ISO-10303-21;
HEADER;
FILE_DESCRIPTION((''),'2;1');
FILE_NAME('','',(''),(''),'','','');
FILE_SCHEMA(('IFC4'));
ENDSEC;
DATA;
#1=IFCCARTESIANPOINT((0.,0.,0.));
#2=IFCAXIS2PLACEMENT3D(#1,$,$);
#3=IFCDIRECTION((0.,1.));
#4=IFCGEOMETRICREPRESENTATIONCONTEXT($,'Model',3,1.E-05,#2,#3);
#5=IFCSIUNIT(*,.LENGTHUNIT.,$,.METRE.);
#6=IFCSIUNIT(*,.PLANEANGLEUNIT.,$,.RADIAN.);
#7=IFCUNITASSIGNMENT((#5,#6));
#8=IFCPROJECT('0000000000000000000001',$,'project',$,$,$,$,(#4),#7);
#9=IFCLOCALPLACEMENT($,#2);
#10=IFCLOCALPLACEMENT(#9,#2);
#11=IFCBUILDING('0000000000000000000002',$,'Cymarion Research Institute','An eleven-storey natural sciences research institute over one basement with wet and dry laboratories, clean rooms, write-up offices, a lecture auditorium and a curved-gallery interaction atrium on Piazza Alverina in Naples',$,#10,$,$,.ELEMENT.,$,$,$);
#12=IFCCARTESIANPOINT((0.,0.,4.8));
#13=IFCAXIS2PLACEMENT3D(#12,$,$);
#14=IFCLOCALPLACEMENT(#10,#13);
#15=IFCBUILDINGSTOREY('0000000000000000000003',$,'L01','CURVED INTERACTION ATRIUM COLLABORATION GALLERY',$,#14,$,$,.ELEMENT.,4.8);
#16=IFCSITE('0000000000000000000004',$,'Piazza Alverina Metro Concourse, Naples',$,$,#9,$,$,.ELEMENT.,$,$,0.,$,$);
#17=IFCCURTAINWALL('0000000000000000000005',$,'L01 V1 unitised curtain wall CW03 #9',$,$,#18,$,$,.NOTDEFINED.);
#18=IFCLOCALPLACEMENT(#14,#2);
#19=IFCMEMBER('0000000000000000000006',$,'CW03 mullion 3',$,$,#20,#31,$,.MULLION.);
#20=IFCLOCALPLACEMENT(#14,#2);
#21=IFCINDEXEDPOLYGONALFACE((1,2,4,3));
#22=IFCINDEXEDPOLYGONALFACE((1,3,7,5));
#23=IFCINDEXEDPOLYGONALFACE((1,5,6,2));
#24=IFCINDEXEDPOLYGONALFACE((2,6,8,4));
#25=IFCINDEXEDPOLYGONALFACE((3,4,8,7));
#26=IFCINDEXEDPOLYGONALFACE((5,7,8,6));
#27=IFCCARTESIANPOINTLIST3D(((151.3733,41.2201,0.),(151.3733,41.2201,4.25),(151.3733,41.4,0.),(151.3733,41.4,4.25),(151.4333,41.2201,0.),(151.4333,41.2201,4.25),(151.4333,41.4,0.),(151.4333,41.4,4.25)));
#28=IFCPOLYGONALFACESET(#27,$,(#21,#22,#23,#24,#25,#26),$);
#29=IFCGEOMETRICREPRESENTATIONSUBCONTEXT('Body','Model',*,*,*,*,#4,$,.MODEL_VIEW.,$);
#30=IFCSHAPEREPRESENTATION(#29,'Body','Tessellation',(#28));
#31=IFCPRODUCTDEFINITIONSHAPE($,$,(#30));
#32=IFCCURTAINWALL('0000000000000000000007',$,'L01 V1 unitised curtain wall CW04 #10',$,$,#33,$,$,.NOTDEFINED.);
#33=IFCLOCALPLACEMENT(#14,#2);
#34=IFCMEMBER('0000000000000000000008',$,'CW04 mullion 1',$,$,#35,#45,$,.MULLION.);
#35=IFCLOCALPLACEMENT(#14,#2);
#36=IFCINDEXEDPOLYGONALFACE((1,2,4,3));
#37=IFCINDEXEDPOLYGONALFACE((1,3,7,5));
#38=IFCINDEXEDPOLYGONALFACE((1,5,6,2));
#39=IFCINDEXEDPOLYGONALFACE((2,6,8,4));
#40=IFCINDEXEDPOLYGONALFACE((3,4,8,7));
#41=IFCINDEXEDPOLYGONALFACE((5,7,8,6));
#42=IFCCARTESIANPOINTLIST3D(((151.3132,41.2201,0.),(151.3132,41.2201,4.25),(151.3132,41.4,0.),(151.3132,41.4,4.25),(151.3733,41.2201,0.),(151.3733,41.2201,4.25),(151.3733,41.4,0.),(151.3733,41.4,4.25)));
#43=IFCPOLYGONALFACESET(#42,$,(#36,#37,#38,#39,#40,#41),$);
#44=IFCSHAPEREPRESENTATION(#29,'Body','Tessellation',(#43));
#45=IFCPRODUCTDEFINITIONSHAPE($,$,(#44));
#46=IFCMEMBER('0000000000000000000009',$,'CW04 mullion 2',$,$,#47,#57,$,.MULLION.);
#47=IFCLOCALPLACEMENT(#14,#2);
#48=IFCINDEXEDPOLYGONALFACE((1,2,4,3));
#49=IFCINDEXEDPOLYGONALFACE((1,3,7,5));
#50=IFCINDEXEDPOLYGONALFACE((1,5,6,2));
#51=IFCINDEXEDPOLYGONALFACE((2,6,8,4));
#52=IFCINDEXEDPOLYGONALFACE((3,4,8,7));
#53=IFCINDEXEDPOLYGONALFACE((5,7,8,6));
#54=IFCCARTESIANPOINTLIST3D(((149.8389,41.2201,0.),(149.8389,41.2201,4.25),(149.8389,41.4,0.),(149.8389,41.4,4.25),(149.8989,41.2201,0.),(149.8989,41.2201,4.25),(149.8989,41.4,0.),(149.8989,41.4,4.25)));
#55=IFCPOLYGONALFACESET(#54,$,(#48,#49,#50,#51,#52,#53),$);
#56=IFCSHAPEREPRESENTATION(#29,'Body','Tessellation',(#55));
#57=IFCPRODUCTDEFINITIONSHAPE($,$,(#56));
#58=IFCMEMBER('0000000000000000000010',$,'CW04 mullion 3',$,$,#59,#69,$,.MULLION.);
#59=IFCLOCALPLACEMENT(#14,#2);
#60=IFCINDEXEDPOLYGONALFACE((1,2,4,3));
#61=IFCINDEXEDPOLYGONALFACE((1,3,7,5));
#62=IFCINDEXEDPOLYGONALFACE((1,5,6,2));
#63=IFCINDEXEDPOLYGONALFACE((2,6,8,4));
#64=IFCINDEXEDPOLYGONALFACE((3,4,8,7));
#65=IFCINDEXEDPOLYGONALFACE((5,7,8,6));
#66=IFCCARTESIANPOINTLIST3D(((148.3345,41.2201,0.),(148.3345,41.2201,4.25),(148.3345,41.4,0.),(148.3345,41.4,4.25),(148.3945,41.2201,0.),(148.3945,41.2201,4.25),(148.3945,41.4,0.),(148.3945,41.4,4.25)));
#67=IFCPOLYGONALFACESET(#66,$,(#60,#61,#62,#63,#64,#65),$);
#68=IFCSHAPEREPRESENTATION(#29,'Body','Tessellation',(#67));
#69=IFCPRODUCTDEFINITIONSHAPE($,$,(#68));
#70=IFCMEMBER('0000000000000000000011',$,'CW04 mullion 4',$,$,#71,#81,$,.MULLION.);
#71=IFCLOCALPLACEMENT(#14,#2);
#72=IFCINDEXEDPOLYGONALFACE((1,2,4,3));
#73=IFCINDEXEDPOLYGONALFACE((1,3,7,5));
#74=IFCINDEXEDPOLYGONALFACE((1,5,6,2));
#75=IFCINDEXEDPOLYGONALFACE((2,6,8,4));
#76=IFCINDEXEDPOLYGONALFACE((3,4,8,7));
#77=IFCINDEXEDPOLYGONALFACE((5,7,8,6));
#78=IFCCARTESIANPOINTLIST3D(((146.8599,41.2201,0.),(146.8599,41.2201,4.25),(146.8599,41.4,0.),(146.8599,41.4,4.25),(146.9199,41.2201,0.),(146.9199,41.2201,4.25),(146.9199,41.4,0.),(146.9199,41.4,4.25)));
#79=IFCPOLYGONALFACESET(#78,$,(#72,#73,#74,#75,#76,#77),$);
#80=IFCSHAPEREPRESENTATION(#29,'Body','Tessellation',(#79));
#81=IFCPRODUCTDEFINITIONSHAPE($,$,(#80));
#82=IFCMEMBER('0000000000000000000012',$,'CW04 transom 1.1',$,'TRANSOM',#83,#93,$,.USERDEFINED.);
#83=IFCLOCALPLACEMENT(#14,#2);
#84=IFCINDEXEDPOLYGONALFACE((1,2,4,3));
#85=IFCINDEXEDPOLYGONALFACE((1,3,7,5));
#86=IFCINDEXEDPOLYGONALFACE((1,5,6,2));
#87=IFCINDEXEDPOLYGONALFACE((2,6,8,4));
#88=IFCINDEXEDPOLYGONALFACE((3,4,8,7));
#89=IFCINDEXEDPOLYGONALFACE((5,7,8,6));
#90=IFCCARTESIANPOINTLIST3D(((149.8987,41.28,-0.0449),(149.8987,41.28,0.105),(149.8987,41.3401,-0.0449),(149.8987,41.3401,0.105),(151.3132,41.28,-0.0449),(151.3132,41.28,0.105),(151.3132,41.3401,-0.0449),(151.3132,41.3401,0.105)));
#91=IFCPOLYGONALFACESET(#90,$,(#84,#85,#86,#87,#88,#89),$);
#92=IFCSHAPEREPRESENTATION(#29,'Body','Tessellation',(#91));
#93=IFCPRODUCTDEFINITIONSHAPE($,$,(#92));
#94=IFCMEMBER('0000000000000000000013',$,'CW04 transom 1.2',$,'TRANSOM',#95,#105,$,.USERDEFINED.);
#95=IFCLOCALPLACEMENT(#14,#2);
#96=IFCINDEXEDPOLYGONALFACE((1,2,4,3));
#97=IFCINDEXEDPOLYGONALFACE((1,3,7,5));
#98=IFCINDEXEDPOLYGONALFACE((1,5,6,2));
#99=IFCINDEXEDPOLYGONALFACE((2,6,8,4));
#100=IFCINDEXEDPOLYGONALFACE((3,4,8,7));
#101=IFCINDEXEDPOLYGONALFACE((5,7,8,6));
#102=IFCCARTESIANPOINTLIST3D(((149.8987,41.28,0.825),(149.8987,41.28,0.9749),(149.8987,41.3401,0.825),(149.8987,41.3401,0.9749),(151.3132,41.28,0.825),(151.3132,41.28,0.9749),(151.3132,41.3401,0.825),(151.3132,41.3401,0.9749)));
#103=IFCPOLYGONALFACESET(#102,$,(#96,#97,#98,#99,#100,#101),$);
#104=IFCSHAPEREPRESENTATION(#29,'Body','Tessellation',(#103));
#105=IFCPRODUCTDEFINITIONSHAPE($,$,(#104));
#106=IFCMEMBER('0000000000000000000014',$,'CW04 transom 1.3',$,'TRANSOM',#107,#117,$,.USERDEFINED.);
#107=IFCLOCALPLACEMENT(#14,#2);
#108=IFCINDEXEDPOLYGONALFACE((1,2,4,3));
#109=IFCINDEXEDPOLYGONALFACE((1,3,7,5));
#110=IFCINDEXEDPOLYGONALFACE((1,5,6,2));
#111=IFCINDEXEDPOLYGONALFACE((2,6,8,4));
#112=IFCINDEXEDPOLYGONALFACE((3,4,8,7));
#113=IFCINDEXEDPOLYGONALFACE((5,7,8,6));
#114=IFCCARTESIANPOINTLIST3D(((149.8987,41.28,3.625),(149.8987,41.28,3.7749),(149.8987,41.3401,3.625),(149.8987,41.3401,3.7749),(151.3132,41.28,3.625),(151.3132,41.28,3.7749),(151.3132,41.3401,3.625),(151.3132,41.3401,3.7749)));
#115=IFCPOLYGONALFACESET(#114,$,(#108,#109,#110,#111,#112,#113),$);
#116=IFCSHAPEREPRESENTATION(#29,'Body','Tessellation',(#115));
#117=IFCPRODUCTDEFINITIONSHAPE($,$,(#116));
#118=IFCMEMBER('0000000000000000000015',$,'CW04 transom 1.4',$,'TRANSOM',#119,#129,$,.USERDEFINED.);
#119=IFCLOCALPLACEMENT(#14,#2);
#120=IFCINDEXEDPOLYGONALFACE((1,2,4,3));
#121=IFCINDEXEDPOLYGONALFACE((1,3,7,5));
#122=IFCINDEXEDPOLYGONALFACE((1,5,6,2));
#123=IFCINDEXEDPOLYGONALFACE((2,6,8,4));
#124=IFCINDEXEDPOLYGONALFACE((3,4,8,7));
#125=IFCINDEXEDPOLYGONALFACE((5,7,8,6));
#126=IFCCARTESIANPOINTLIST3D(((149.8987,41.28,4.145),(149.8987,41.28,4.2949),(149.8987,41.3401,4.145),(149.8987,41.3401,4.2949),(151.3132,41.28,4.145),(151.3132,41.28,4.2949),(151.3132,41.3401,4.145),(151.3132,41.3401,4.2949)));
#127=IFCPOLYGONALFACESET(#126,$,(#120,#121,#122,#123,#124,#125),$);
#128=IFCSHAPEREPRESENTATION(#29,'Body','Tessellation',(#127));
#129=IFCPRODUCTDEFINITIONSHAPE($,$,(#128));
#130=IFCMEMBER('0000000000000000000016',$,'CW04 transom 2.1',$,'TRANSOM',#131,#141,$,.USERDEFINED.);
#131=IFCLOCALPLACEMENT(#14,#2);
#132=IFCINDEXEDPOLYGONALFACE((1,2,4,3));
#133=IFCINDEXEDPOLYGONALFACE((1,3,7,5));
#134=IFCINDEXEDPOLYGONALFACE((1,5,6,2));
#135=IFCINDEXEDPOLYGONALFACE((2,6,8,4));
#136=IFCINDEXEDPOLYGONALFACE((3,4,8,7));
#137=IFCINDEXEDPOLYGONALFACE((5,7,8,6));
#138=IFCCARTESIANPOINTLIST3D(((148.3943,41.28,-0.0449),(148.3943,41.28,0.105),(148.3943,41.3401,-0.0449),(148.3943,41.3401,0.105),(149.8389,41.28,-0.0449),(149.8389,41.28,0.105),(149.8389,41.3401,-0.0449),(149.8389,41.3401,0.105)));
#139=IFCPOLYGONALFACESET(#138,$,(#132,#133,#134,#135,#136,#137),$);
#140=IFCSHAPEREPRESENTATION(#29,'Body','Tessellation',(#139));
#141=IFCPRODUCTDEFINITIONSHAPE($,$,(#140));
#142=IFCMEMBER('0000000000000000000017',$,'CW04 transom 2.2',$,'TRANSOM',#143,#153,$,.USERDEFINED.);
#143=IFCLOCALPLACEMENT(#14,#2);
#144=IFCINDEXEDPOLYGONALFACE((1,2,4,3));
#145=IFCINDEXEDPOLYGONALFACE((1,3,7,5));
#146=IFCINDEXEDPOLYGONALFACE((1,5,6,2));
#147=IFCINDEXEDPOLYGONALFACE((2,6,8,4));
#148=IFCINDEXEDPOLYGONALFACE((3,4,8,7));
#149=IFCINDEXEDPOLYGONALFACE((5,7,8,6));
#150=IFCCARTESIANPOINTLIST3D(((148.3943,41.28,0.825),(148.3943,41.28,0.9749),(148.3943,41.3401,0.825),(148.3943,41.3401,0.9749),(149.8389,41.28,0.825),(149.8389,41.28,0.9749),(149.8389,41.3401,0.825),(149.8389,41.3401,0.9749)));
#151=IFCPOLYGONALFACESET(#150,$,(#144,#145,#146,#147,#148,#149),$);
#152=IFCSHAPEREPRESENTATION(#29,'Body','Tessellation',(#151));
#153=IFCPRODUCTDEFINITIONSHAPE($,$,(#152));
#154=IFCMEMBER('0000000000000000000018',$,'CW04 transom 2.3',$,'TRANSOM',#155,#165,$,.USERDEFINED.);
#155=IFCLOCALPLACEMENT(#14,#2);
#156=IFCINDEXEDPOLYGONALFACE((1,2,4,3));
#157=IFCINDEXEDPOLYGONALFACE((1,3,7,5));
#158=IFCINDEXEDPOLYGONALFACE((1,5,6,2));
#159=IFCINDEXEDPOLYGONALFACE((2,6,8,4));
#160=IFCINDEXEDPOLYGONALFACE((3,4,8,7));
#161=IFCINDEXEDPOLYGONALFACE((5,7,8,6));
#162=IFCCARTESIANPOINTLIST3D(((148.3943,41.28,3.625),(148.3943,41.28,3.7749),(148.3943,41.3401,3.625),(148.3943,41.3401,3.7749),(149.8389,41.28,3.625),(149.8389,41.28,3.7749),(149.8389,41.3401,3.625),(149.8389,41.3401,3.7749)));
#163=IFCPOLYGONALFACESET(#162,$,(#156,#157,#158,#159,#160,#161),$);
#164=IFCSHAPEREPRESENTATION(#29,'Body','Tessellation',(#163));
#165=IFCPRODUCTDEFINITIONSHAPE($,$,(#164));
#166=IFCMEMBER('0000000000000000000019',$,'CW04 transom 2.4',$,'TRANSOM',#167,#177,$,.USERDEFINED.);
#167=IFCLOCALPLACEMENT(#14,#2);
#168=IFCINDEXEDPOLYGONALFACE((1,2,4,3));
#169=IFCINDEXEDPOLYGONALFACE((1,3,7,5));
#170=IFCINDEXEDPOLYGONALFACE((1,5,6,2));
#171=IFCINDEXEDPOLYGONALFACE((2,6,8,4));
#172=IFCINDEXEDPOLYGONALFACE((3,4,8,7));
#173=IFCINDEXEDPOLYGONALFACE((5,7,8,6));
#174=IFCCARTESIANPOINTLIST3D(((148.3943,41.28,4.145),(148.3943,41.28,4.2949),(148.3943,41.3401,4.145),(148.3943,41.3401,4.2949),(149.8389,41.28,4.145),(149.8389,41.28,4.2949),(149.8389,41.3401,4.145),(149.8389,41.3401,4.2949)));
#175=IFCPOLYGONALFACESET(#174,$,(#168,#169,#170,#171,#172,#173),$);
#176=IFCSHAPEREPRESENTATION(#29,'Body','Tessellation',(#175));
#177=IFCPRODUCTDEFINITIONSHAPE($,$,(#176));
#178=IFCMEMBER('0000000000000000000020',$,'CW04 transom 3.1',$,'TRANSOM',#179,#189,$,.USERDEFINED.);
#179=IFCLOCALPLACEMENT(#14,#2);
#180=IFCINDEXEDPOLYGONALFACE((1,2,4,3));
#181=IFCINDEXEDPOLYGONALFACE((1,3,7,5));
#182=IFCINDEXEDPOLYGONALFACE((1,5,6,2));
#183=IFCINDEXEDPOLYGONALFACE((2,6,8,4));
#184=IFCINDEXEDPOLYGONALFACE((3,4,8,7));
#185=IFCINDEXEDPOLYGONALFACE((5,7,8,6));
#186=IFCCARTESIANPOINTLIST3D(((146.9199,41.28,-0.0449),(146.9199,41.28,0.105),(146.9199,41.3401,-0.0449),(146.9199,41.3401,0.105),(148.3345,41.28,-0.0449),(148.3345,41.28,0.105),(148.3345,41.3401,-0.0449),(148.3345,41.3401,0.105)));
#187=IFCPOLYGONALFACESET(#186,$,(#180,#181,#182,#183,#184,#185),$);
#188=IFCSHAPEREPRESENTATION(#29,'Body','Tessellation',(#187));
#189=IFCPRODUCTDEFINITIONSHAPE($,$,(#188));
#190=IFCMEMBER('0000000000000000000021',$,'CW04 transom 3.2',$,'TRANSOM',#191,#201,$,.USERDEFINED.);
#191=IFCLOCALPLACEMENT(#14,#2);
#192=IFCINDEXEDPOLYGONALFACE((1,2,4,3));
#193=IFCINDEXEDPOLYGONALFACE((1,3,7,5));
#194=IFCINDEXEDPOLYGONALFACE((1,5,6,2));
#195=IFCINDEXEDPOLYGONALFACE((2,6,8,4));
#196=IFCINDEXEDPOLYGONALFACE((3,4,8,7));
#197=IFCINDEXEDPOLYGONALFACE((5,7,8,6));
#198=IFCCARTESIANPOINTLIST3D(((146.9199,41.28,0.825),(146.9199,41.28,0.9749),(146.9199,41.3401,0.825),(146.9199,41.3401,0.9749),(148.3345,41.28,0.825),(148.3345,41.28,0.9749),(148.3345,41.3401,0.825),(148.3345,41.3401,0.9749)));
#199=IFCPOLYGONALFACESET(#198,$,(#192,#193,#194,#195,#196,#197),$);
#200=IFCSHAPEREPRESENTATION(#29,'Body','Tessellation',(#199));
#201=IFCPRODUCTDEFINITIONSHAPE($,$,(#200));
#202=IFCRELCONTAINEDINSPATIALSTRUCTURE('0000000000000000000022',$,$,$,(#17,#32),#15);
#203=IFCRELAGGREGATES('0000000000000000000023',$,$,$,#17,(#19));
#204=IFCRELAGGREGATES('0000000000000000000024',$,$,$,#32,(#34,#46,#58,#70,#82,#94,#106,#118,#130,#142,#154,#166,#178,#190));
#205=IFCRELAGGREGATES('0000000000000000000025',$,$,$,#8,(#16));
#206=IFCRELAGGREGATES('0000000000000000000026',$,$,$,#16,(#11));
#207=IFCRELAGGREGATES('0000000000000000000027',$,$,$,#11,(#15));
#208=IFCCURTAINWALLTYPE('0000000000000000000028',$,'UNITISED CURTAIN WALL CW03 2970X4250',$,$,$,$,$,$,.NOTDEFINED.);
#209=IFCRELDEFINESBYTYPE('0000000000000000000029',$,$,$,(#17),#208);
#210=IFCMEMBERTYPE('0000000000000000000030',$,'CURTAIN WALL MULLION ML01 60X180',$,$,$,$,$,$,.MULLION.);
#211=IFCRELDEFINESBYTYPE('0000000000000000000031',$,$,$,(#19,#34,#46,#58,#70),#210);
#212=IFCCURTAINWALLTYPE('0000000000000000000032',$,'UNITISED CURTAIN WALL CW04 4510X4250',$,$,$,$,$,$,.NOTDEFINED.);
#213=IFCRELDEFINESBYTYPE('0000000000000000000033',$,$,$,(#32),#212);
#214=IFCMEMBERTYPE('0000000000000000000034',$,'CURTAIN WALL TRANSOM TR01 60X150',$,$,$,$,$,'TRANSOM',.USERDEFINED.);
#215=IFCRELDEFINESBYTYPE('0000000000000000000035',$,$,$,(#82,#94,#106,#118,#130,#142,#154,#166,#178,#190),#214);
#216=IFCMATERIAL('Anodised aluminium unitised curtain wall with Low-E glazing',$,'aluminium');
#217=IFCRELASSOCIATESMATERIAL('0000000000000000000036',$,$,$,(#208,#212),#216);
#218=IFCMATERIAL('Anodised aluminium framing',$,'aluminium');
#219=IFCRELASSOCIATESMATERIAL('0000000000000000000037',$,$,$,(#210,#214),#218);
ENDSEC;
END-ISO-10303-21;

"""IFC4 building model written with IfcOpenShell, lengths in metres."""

from ifc_helpers import new_model, si_unit, direction, frame, origin, origin_2d, place, context, subcontext, project, spatial, rectangle, extrude, material, material_profile, profile_set, type_object, element, aggregate, save


model = new_model("IFC4")

# Units and contexts
model_context = context("Model", 3, precision=1e-05, world=origin(), true_north=direction((0.0, 1.0)))
body_context = subcontext(model_context, "Body", "Model", "MODEL_VIEW")
ifc_project = project(units=[si_unit("LENGTHUNIT", "METRE"), si_unit("PLANEANGLEUNIT", "RADIAN")], contexts=[model_context])

# Site, building, storey
site_placement = place(None, origin())
site = spatial("IfcSite", under=ifc_project, at=site_placement, Name="Piazza Alverina Metro Concourse, Naples", CompositionType="ELEMENT", RefElevation=0.0)
building_placement = place(site_placement, origin())
building = spatial("IfcBuilding", under=site, at=building_placement, Name="Cymarion Research Institute", Description="An eleven-storey natural sciences research institute over one basement with wet and dry laboratories, clean rooms, write-up offices, a lecture auditorium and a curved-gallery interaction atrium on Piazza Alverina in Naples", CompositionType="ELEMENT")
storey_placement = place(building_placement, frame((0.0, 0.0, 4.8)))
storey = spatial("IfcBuildingStorey", under=building, at=storey_placement, Name="L01", Description="CURVED INTERACTION ATRIUM COLLABORATION GALLERY", CompositionType="ELEMENT", Elevation=4.8)

# Curtain wall, member
ifc_material_1 = material(Name="Anodised aluminium unitised curtain wall with Low-E glazing", Category="aluminium")
curtain_wall_type_1 = type_object("IfcCurtainWallType", Name="UNITISED CURTAIN WALL CW03 2970X4250", PredefinedType="NOTDEFINED", material=ifc_material_1)
curtain_wall_1_placement = place(storey_placement, origin())
curtain_wall_1 = element("IfcCurtainWall", 1, at=curtain_wall_1_placement, inside=storey, type_object=curtain_wall_type_1, Name="L01 V1 unitised curtain wall CW03 #9", PredefinedType="NOTDEFINED")
ifc_material_2 = material(Name="Anodised aluminium framing", Category="aluminium")
ifc_material_profile_1 = material_profile(ifc_material_2, rectangle(XDim=0.0601, YDim=0.1799, at=origin_2d()), Name="ALU MULLION 60x180")
ifc_profile_set_1 = profile_set([ifc_material_profile_1], Name="Anodised aluminium framing")
member_type_1 = type_object("IfcMemberType", Name="CURTAIN WALL MULLION ML01 60X180", PredefinedType="MULLION", material=ifc_profile_set_1)
member_1_placement = place(storey_placement, frame((151.4033, 41.3101, 0.0), z_axis=(0.0, 0.0, 1.0), x_axis=(-1.0, 0.0, 0.0)))
member_1 = element("IfcMember", 2, at=member_1_placement, type_object=member_type_1, Name="CW03 mullion 3", PredefinedType="MULLION", context=body_context, shape_type="SweptSolid", body=[
    extrude(rectangle(XDim=0.0601, YDim=0.1799, at=origin_2d()), origin(), (0.0, 0.0, 1.0), 4.25),
])

# Curtain wall, members
curtain_wall_type_2 = type_object("IfcCurtainWallType", Name="UNITISED CURTAIN WALL CW04 4510X4250", PredefinedType="NOTDEFINED", material=ifc_material_1)
curtain_wall_2_placement = place(storey_placement, origin())
curtain_wall_2 = element("IfcCurtainWall", 3, at=curtain_wall_2_placement, inside=storey, type_object=curtain_wall_type_2, Name="L01 V1 unitised curtain wall CW04 #10", PredefinedType="NOTDEFINED")
member_2_placement = place(storey_placement, frame((151.3433, 41.3101, 0.0), z_axis=(0.0, 0.0, 1.0), x_axis=(-1.0, 0.0, 0.0)))
member_2 = element("IfcMember", 4, at=member_2_placement, type_object=member_type_1, Name="CW04 mullion 1", PredefinedType="MULLION", context=body_context, shape_type="SweptSolid", body=[
    extrude(rectangle(XDim=0.0601, YDim=0.1799, at=origin_2d()), origin(), (0.0, 0.0, 1.0), 4.25),
])
member_3_placement = place(storey_placement, frame((149.8689, 41.3101, 0.0), z_axis=(0.0, 0.0, 1.0), x_axis=(-1.0, 0.0, 0.0)))
member_3 = element("IfcMember", 5, at=member_3_placement, type_object=member_type_1, Name="CW04 mullion 2", PredefinedType="MULLION", context=body_context, shape_type="SweptSolid", body=[
    extrude(rectangle(XDim=0.0601, YDim=0.1799, at=origin_2d()), origin(), (0.0, 0.0, 1.0), 4.25),
])
member_4_placement = place(storey_placement, frame((148.3645, 41.3101, 0.0), z_axis=(0.0, 0.0, 1.0), x_axis=(-1.0, 0.0, 0.0)))
member_4 = element("IfcMember", 6, at=member_4_placement, type_object=member_type_1, Name="CW04 mullion 3", PredefinedType="MULLION", context=body_context, shape_type="SweptSolid", body=[
    extrude(rectangle(XDim=0.0601, YDim=0.1799, at=origin_2d()), origin(), (0.0, 0.0, 1.0), 4.25),
])
member_5_placement = place(storey_placement, frame((146.8899, 41.3101, 0.0), z_axis=(0.0, 0.0, 1.0), x_axis=(-1.0, 0.0, 0.0)))
member_5 = element("IfcMember", 7, at=member_5_placement, type_object=member_type_1, Name="CW04 mullion 4", PredefinedType="MULLION", context=body_context, shape_type="SweptSolid", body=[
    extrude(rectangle(XDim=0.0601, YDim=0.1799, at=origin_2d()), origin(), (0.0, 0.0, 1.0), 4.25),
])
ifc_material_profile_2 = material_profile(ifc_material_2, rectangle(XDim=0.0601, YDim=0.1499, at=origin_2d()), Name="ALU TRANSOM 60x150")
ifc_profile_set_2 = profile_set([ifc_material_profile_2], Name="Anodised aluminium framing")
member_type_2 = type_object("IfcMemberType", Name="CURTAIN WALL TRANSOM TR01 60X150", ElementType="TRANSOM", PredefinedType="USERDEFINED", material=ifc_profile_set_2)
member_6_placement = place(storey_placement, frame((151.3132, 41.3101, 0.03), z_axis=(-1.0, 0.0, 0.0), x_axis=(0.0, -1.0, 0.0)))
member_6 = element("IfcMember", 8, at=member_6_placement, type_object=member_type_2, Name="CW04 transom 1.1", ObjectType="TRANSOM", PredefinedType="USERDEFINED", context=body_context, shape_type="SweptSolid", body=[
    extrude(rectangle(XDim=0.0601, YDim=0.1499, at=origin_2d()), origin(), (0.0, 0.0, 1.0), 1.4146),
])
member_7_placement = place(storey_placement, frame((151.3132, 41.3101, 0.8999), z_axis=(-1.0, 0.0, 0.0), x_axis=(0.0, -1.0, 0.0)))
member_7 = element("IfcMember", 9, at=member_7_placement, type_object=member_type_2, Name="CW04 transom 1.2", ObjectType="TRANSOM", PredefinedType="USERDEFINED", context=body_context, shape_type="SweptSolid", body=[
    extrude(rectangle(XDim=0.0601, YDim=0.1499, at=origin_2d()), origin(), (0.0, 0.0, 1.0), 1.4146),
])
member_8_placement = place(storey_placement, frame((151.3132, 41.3101, 3.7), z_axis=(-1.0, 0.0, 0.0), x_axis=(0.0, -1.0, 0.0)))
member_8 = element("IfcMember", 10, at=member_8_placement, type_object=member_type_2, Name="CW04 transom 1.3", ObjectType="TRANSOM", PredefinedType="USERDEFINED", context=body_context, shape_type="SweptSolid", body=[
    extrude(rectangle(XDim=0.0601, YDim=0.1499, at=origin_2d()), origin(), (0.0, 0.0, 1.0), 1.4146),
])
member_9_placement = place(storey_placement, frame((151.3132, 41.3101, 4.22), z_axis=(-1.0, 0.0, 0.0), x_axis=(0.0, -1.0, 0.0)))
member_9 = element("IfcMember", 11, at=member_9_placement, type_object=member_type_2, Name="CW04 transom 1.4", ObjectType="TRANSOM", PredefinedType="USERDEFINED", context=body_context, shape_type="SweptSolid", body=[
    extrude(rectangle(XDim=0.0601, YDim=0.1499, at=origin_2d()), origin(), (0.0, 0.0, 1.0), 1.4146),
])
member_10_placement = place(storey_placement, frame((149.8389, 41.3101, 0.03), z_axis=(-1.0, 0.0, 0.0), x_axis=(0.0, -1.0, 0.0)))
member_10 = element("IfcMember", 12, at=member_10_placement, type_object=member_type_2, Name="CW04 transom 2.1", ObjectType="TRANSOM", PredefinedType="USERDEFINED", context=body_context, shape_type="SweptSolid", body=[
    extrude(rectangle(XDim=0.0601, YDim=0.1499, at=origin_2d()), origin(), (0.0, 0.0, 1.0), 1.4446),
])
member_11_placement = place(storey_placement, frame((149.8389, 41.3101, 0.8999), z_axis=(-1.0, 0.0, 0.0), x_axis=(0.0, -1.0, 0.0)))
member_11 = element("IfcMember", 13, at=member_11_placement, type_object=member_type_2, Name="CW04 transom 2.2", ObjectType="TRANSOM", PredefinedType="USERDEFINED", context=body_context, shape_type="SweptSolid", body=[
    extrude(rectangle(XDim=0.0601, YDim=0.1499, at=origin_2d()), origin(), (0.0, 0.0, 1.0), 1.4446),
])
member_12_placement = place(storey_placement, frame((149.8389, 41.3101, 3.7), z_axis=(-1.0, 0.0, 0.0), x_axis=(0.0, -1.0, 0.0)))
member_12 = element("IfcMember", 14, at=member_12_placement, type_object=member_type_2, Name="CW04 transom 2.3", ObjectType="TRANSOM", PredefinedType="USERDEFINED", context=body_context, shape_type="SweptSolid", body=[
    extrude(rectangle(XDim=0.0601, YDim=0.1499, at=origin_2d()), origin(), (0.0, 0.0, 1.0), 1.4446),
])
member_13_placement = place(storey_placement, frame((149.8389, 41.3101, 4.22), z_axis=(-1.0, 0.0, 0.0), x_axis=(0.0, -1.0, 0.0)))
member_13 = element("IfcMember", 15, at=member_13_placement, type_object=member_type_2, Name="CW04 transom 2.4", ObjectType="TRANSOM", PredefinedType="USERDEFINED", context=body_context, shape_type="SweptSolid", body=[
    extrude(rectangle(XDim=0.0601, YDim=0.1499, at=origin_2d()), origin(), (0.0, 0.0, 1.0), 1.4446),
])
member_14_placement = place(storey_placement, frame((148.3345, 41.3101, 0.03), z_axis=(-1.0, 0.0, 0.0), x_axis=(0.0, -1.0, 0.0)))
member_14 = element("IfcMember", 16, at=member_14_placement, type_object=member_type_2, Name="CW04 transom 3.1", ObjectType="TRANSOM", PredefinedType="USERDEFINED", context=body_context, shape_type="SweptSolid", body=[
    extrude(rectangle(XDim=0.0601, YDim=0.1499, at=origin_2d()), origin(), (0.0, 0.0, 1.0), 1.4146),
])
member_15_placement = place(storey_placement, frame((148.3345, 41.3101, 0.8999), z_axis=(-1.0, 0.0, 0.0), x_axis=(0.0, -1.0, 0.0)))
member_15 = element("IfcMember", 17, at=member_15_placement, type_object=member_type_2, Name="CW04 transom 3.2", ObjectType="TRANSOM", PredefinedType="USERDEFINED", context=body_context, shape_type="SweptSolid", body=[
    extrude(rectangle(XDim=0.0601, YDim=0.1499, at=origin_2d()), origin(), (0.0, 0.0, 1.0), 1.4146),
])

aggregate(curtain_wall_1, [member_1])
aggregate(curtain_wall_2, [member_2, member_3, member_4, member_5, member_6, member_7, member_8, member_9, member_10, member_11, member_12, member_13, member_14, member_15])

save(model, "model.ifc")
